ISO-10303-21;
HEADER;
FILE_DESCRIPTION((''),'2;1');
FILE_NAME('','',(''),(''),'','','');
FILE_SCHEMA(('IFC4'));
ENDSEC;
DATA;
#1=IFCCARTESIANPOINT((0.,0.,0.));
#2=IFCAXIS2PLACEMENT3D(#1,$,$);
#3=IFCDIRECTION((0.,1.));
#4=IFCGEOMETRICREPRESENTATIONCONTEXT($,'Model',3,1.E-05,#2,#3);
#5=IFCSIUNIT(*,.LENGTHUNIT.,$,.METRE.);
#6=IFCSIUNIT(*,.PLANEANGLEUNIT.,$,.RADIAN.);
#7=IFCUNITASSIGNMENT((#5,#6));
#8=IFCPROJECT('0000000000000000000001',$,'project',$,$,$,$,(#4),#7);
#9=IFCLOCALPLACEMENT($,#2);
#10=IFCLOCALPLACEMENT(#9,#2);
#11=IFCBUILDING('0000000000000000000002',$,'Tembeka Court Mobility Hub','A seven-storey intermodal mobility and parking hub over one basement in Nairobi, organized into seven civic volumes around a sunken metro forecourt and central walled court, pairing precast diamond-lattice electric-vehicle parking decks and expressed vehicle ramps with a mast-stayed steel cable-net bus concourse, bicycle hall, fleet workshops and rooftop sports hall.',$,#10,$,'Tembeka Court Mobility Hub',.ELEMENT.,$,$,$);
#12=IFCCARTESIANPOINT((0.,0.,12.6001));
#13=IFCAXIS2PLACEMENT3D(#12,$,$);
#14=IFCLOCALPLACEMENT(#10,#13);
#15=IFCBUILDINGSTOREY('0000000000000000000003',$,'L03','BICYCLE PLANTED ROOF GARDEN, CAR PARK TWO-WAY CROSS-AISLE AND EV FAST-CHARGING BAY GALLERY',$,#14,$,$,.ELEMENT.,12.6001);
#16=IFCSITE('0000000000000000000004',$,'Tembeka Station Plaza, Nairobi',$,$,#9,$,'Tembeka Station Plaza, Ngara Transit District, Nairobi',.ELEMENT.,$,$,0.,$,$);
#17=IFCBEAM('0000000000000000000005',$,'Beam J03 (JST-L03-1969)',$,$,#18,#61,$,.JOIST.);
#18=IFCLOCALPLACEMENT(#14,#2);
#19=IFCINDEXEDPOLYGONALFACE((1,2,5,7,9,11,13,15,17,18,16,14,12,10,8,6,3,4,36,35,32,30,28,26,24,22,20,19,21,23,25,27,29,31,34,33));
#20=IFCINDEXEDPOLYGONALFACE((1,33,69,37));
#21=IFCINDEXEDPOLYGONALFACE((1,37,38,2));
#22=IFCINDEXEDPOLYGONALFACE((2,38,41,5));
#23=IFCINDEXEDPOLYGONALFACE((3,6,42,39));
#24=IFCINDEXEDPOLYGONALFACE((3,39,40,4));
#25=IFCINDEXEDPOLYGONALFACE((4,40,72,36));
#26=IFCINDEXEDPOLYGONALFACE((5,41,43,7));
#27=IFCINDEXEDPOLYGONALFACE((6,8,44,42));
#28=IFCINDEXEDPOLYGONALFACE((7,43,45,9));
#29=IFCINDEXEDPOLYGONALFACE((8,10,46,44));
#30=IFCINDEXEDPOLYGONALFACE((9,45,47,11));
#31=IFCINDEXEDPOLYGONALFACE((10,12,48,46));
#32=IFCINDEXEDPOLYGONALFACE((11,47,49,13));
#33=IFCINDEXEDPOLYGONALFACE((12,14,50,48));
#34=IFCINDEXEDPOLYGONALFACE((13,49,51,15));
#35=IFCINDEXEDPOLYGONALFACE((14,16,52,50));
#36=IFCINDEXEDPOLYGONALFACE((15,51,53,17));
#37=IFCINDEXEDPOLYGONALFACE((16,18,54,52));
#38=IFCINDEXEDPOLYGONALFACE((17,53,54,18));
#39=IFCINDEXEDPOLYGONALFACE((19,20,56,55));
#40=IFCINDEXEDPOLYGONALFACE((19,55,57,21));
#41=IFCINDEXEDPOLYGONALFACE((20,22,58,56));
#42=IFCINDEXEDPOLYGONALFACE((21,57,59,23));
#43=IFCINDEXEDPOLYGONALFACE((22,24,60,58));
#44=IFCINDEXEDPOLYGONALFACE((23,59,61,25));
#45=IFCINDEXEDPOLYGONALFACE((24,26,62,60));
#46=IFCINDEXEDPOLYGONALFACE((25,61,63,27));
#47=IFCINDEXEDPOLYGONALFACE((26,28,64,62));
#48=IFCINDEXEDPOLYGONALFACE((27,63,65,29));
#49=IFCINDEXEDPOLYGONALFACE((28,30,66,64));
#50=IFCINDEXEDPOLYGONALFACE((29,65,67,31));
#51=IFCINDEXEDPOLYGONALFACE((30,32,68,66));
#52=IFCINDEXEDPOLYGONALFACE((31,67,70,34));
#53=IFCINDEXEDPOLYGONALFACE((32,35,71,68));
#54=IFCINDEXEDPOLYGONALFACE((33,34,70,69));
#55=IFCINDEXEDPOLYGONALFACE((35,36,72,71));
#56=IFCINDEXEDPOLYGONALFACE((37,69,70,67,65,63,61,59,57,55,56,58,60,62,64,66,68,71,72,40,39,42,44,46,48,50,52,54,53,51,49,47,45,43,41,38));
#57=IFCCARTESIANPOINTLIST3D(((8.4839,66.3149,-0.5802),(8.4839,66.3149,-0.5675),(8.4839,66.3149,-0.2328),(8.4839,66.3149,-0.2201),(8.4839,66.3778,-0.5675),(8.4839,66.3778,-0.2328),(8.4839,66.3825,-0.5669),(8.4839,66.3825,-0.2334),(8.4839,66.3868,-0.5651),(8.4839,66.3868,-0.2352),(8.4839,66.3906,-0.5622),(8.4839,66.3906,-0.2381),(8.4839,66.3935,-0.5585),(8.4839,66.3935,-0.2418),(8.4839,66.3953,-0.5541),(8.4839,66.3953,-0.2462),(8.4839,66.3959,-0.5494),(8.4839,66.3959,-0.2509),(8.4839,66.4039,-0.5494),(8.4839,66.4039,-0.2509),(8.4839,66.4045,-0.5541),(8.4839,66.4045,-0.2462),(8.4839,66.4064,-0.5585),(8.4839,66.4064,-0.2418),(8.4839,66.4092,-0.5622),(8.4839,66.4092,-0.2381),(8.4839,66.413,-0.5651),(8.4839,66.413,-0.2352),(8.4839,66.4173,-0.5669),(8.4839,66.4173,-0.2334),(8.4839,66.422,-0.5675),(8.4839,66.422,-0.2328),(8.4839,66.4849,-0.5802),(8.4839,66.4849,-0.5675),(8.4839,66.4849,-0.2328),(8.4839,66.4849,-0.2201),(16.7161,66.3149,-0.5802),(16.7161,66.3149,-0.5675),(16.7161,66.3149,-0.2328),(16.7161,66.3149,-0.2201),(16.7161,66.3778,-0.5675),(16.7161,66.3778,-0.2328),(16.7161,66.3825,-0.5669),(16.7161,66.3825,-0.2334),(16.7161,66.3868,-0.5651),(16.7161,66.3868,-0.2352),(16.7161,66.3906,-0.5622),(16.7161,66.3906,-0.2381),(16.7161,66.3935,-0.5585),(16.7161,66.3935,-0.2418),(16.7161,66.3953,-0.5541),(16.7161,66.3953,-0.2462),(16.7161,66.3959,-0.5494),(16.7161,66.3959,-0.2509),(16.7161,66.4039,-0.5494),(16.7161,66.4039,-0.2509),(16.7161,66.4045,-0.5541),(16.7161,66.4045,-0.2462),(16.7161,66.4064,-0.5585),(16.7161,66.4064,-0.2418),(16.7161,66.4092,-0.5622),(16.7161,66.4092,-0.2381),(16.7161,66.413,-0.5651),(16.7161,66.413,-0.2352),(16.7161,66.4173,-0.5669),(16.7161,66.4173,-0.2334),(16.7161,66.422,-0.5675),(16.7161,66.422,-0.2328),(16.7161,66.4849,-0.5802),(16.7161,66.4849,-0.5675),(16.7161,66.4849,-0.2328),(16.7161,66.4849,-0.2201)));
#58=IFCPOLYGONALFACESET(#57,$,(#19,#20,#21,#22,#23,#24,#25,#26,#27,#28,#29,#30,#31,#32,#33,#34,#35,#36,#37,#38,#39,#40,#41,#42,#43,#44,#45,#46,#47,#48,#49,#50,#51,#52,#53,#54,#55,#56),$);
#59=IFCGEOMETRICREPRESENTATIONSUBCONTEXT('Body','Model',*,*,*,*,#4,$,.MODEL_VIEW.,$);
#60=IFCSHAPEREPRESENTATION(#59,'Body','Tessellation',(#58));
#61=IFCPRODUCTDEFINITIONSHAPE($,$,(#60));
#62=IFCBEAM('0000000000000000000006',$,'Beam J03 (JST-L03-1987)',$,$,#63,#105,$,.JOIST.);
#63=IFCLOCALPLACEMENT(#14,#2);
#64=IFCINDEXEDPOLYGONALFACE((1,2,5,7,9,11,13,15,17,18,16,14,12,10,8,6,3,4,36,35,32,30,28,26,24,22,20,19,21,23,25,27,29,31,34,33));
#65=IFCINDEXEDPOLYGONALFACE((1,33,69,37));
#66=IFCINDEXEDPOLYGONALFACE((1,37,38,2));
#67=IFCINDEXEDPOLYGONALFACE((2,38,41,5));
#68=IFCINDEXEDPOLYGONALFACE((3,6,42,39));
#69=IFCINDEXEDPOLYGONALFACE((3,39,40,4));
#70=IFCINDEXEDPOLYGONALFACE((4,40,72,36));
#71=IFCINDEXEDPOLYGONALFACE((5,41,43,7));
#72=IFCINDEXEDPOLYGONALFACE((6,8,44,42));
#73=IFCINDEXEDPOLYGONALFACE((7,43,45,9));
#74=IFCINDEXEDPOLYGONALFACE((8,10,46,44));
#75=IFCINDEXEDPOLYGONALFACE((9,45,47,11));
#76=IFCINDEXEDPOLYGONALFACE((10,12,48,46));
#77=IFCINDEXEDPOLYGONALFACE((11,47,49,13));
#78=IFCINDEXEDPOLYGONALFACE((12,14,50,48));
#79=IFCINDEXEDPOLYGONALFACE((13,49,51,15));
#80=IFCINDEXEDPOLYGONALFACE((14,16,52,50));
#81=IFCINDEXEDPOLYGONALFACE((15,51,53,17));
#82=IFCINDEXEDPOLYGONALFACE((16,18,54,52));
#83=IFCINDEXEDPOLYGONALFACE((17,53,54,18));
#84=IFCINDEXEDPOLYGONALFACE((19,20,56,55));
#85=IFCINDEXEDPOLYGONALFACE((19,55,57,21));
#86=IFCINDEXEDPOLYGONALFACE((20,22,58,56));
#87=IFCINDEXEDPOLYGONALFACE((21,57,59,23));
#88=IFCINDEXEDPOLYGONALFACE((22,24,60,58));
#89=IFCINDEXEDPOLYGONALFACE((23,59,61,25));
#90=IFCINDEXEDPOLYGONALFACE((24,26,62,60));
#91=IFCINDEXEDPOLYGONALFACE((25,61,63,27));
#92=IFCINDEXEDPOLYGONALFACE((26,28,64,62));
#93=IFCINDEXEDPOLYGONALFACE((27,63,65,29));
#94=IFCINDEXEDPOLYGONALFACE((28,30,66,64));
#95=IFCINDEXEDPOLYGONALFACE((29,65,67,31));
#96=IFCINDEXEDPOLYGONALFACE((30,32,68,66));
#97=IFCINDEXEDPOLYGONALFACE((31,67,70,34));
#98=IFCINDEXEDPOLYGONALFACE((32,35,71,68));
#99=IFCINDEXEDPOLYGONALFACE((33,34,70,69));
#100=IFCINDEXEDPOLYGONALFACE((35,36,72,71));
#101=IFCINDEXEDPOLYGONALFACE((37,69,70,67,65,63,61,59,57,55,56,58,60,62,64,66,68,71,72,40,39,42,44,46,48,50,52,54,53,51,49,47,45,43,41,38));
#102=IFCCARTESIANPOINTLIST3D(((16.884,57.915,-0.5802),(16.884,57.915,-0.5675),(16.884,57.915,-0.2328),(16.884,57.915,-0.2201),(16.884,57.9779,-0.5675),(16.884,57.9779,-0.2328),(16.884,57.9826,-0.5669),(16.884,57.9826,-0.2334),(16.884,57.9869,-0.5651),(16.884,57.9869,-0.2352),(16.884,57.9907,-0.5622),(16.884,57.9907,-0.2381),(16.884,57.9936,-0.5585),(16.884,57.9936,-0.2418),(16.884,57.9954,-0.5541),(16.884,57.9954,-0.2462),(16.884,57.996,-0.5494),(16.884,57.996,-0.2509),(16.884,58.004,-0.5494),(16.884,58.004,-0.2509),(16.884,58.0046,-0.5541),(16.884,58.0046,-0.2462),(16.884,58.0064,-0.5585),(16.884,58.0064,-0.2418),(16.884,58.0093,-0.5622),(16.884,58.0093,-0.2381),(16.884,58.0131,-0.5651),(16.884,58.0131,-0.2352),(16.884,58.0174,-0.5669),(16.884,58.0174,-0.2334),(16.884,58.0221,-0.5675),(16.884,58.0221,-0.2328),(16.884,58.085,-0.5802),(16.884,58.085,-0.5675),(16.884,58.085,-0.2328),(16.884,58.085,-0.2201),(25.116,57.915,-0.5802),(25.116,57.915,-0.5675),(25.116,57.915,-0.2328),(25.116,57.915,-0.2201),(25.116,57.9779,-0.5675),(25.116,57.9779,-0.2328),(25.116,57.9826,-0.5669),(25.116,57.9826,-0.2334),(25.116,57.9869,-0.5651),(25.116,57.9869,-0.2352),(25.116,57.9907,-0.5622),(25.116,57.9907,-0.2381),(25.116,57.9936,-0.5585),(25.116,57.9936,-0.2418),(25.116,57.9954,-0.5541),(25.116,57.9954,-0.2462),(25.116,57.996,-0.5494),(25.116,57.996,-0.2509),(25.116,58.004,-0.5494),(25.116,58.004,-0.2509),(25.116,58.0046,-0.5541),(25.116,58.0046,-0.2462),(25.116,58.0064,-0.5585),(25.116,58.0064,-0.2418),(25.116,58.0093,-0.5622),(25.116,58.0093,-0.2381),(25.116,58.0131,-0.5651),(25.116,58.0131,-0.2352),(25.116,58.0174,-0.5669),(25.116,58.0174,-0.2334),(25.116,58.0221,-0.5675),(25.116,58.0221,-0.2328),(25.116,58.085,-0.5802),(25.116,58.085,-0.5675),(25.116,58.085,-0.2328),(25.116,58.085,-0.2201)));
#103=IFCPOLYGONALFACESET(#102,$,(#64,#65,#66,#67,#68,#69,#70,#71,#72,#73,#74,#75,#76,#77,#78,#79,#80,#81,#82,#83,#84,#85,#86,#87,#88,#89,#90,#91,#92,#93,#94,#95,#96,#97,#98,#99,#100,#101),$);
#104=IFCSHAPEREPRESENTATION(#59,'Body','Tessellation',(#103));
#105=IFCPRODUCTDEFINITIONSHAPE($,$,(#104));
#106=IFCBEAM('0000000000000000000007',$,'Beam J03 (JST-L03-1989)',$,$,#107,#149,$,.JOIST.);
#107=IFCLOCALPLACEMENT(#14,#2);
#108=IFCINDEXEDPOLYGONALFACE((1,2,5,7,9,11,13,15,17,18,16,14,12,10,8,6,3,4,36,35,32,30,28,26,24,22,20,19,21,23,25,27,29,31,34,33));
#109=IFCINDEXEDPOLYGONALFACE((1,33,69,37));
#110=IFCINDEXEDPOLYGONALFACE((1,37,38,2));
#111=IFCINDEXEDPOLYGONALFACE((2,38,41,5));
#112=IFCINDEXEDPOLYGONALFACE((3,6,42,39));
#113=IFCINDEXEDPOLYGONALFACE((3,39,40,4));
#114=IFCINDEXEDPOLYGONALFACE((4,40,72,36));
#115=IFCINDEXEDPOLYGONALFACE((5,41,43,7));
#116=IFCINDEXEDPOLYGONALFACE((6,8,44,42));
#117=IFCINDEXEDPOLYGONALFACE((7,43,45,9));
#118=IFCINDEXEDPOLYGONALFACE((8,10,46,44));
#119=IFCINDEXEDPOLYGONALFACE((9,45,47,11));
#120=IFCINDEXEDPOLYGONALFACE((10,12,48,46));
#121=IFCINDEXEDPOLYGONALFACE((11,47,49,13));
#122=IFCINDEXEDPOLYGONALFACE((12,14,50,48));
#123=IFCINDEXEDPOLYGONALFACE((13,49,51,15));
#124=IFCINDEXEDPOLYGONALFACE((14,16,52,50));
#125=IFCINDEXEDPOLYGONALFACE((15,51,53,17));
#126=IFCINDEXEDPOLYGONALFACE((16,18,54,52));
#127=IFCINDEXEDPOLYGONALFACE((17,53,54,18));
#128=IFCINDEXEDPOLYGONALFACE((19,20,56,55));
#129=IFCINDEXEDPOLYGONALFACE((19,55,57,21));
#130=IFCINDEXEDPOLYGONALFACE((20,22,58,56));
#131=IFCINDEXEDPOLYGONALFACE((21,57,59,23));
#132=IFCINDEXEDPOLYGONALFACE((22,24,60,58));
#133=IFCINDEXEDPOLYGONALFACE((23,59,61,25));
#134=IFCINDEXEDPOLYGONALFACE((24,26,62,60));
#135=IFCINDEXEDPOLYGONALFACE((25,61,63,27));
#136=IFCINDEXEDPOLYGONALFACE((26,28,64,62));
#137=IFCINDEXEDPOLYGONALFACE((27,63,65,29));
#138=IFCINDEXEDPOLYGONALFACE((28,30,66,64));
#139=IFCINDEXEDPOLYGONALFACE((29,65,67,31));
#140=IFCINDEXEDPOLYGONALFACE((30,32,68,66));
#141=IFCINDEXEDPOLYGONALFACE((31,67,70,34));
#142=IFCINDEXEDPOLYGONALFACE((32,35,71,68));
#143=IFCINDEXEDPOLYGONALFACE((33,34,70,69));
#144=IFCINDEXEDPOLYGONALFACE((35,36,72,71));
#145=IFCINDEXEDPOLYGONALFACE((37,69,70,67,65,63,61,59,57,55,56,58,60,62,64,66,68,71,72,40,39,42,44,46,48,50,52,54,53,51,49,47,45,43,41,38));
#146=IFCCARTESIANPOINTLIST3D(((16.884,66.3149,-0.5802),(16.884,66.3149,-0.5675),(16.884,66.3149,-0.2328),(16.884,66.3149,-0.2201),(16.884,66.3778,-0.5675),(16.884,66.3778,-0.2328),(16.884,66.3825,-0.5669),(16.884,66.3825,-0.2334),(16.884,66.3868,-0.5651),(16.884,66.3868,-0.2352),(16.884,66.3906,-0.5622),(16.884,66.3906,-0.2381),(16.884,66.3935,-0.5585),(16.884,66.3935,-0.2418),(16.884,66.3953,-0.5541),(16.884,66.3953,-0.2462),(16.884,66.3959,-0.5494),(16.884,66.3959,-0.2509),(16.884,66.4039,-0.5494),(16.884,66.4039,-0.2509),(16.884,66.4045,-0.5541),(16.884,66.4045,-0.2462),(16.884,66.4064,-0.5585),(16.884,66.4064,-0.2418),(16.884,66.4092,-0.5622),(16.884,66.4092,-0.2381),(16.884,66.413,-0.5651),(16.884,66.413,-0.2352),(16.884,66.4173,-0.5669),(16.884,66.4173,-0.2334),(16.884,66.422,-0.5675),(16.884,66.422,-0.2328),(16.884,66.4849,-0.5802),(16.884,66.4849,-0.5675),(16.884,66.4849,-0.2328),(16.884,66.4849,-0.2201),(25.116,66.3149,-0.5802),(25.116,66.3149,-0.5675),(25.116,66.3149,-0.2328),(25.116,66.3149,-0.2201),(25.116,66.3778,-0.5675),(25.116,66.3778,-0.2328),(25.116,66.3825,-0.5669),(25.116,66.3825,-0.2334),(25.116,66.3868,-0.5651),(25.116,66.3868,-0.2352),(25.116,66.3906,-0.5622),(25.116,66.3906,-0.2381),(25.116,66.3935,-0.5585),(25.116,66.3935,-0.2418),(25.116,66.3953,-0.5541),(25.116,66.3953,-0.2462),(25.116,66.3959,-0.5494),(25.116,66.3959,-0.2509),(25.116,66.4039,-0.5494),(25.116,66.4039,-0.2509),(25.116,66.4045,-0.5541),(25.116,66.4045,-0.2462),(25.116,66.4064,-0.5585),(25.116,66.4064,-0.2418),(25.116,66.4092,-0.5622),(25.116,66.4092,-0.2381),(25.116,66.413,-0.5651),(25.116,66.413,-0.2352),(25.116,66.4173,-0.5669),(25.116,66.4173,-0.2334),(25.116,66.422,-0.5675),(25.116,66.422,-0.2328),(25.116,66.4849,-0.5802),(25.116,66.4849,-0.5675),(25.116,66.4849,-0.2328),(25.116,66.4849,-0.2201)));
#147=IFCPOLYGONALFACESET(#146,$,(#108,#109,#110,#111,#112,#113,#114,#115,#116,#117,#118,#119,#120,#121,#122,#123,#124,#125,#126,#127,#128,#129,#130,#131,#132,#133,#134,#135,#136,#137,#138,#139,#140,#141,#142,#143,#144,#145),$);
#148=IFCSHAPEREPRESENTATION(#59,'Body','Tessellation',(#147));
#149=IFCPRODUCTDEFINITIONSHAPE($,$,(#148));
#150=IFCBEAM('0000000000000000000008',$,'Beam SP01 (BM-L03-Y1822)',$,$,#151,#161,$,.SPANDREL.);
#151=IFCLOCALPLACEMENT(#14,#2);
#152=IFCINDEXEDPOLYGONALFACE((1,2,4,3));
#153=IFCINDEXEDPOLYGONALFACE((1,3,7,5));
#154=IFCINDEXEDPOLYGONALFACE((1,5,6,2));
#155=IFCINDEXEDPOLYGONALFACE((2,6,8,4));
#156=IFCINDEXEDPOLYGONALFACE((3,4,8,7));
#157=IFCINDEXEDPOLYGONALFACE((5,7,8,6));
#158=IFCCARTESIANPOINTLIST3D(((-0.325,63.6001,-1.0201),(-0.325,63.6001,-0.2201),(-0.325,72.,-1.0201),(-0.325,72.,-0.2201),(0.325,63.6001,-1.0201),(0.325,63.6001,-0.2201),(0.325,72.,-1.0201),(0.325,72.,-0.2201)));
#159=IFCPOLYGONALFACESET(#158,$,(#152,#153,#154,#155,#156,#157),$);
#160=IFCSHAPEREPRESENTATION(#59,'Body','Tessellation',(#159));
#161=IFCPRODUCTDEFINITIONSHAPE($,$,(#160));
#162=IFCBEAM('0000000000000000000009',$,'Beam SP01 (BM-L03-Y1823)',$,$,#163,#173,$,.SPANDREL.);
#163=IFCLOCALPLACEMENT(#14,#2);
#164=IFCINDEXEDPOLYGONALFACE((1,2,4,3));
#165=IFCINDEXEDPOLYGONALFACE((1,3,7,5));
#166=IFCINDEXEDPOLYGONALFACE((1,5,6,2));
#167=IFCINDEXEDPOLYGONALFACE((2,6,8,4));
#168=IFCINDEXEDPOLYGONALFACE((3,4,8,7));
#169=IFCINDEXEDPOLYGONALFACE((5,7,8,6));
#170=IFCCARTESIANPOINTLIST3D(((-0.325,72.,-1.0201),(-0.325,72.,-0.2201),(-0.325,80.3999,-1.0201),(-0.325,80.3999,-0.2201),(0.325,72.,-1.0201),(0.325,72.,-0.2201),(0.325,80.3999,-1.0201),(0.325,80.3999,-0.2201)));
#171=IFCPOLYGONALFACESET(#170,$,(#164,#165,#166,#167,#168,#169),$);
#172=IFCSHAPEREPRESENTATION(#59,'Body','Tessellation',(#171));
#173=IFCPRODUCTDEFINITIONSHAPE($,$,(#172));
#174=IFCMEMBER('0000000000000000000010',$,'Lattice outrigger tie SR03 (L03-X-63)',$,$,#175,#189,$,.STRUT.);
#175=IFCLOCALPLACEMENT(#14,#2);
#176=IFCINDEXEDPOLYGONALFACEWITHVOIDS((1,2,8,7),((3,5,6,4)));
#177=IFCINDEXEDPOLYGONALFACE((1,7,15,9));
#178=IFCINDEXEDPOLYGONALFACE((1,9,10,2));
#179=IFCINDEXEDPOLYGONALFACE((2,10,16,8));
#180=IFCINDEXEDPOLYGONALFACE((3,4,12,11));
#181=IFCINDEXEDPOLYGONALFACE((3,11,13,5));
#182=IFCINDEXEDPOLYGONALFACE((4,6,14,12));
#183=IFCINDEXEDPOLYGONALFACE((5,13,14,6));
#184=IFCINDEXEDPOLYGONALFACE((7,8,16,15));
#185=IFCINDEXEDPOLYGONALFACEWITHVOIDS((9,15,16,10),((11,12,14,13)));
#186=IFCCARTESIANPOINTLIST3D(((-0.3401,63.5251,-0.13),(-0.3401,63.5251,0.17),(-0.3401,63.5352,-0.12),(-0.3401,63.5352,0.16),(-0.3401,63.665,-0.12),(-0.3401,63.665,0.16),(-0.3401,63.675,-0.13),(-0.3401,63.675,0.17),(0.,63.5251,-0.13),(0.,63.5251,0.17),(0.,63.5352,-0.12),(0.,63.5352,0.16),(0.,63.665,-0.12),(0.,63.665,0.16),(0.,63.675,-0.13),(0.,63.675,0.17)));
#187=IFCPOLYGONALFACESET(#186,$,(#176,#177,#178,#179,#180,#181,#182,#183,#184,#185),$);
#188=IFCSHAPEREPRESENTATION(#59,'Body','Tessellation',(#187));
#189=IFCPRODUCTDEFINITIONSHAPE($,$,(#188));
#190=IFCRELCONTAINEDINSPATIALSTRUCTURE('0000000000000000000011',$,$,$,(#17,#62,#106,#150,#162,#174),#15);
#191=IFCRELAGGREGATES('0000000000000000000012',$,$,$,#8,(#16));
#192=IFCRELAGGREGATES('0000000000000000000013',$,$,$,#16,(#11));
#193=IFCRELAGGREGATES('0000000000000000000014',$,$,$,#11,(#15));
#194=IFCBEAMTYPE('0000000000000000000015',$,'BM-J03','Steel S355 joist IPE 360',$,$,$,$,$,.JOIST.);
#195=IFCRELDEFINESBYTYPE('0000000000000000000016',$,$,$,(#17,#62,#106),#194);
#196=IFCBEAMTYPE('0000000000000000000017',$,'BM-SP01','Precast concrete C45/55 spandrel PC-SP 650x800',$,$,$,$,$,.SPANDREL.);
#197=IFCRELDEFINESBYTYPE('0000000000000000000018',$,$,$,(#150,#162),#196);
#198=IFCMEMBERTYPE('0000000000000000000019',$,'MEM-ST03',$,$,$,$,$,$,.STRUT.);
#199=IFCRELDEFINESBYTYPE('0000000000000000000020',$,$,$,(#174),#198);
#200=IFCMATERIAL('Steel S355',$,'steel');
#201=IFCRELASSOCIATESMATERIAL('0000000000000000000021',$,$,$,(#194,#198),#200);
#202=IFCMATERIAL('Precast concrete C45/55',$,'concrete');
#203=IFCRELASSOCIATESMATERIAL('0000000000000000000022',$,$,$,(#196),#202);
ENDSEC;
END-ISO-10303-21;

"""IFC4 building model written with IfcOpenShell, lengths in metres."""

from ifc_helpers import new_model, si_unit, direction, frame, origin, origin_2d, place, context, subcontext, project, spatial, rectangle, hollow_rectangle, i_section, extrude, material, material_profile, profile_set, type_object, element, save


model = new_model("IFC4")

# Units and contexts
model_context = context("Model", 3, precision=1e-05, world=origin(), true_north=direction((0.0, 1.0)))
body_context = subcontext(model_context, "Body", "Model", "MODEL_VIEW")
ifc_project = project(units=[si_unit("LENGTHUNIT", "METRE"), si_unit("PLANEANGLEUNIT", "RADIAN")], contexts=[model_context])

# Site, building, storey
site_placement = place(None, origin())
site = spatial("IfcSite", under=ifc_project, at=site_placement, Name="Tembeka Station Plaza, Nairobi", LongName="Tembeka Station Plaza, Ngara Transit District, Nairobi", CompositionType="ELEMENT", RefElevation=0.0)
building_placement = place(site_placement, origin())
building = spatial("IfcBuilding", under=site, at=building_placement, Name="Tembeka Court Mobility Hub", Description="A seven-storey intermodal mobility and parking hub over one basement in Nairobi, organized into seven civic volumes around a sunken metro forecourt and central walled court, pairing precast diamond-lattice electric-vehicle parking decks and expressed vehicle ramps with a mast-stayed steel cable-net bus concourse, bicycle hall, fleet workshops and rooftop sports hall.", LongName="Tembeka Court Mobility Hub", CompositionType="ELEMENT")
storey_placement = place(building_placement, frame((0.0, 0.0, 12.6001)))
storey = spatial("IfcBuildingStorey", under=building, at=storey_placement, Name="L03", Description="BICYCLE PLANTED ROOF GARDEN, CAR PARK TWO-WAY CROSS-AISLE AND EV FAST-CHARGING BAY GALLERY", CompositionType="ELEMENT", Elevation=12.6001)

# Shared definitions
ifc_material_1 = material(Name="Steel S355", Category="steel")

# Beams
ifc_material_profile_1 = material_profile(ifc_material_1, i_section(OverallWidth=0.1699, OverallDepth=0.3601, WebThickness=0.0081, FlangeThickness=0.0127, FilletRadius=0.0181, at=origin_2d()), Name="IPE 360")
ifc_profile_set_1 = profile_set([ifc_material_profile_1], Name="Steel S355")
beam_type_1 = type_object("IfcBeamType", Name="BM-J03", Description="Steel S355 joist IPE 360", PredefinedType="JOIST", material=ifc_profile_set_1)
for number, where, z_axis, x_axis, name in (
    (1, (8.4839, 66.3999, -0.4001), (1.0, 0.0, 0.0), (0.0, 1.0, 0.0), "Beam J03 (JST-L03-1969)"),
):
    element("IfcBeam", number, at=place(storey_placement, frame(where, z_axis=z_axis, x_axis=x_axis)), inside=storey, type_object=beam_type_1, Name=name, PredefinedType="JOIST", context=body_context, shape_type="SweptSolid", body=[
        extrude(i_section(OverallWidth=0.1699, OverallDepth=0.3601, WebThickness=0.0081, FlangeThickness=0.0127, FilletRadius=0.0181, at=origin_2d()), origin(), (0.0, 0.0, 1.0), 8.2322),
    ])
for number, where, z_axis, x_axis, name in (
    (2, (16.884, 58.0, -0.4001), (1.0, 0.0, 0.0), (0.0, 1.0, 0.0), "Beam J03 (JST-L03-1987)"),
    (3, (16.884, 66.3999, -0.4001), (1.0, 0.0, 0.0), (0.0, 1.0, 0.0), "Beam J03 (JST-L03-1989)"),
):
    element("IfcBeam", number, at=place(storey_placement, frame(where, z_axis=z_axis, x_axis=x_axis)), inside=storey, type_object=beam_type_1, Name=name, PredefinedType="JOIST", context=body_context, shape_type="SweptSolid", body=[
        extrude(i_section(OverallWidth=0.1699, OverallDepth=0.3601, WebThickness=0.0081, FlangeThickness=0.0127, FilletRadius=0.0181, at=origin_2d()), origin(), (0.0, 0.0, 1.0), 8.2319),
    ])
ifc_material_2 = material(Name="Precast concrete C45/55", Category="concrete")
ifc_material_profile_2 = material_profile(ifc_material_2, rectangle(XDim=0.6499, YDim=0.8, at=origin_2d()), Name="PC-SP 650x800")
ifc_profile_set_2 = profile_set([ifc_material_profile_2], Name="Precast concrete C45/55")
beam_type_2 = type_object("IfcBeamType", Name="BM-SP01", Description="Precast concrete C45/55 spandrel PC-SP 650x800", PredefinedType="SPANDREL", material=ifc_profile_set_2)
for number, where, z_axis, x_axis, name in (
    (4, (0.0, 63.6001, -0.6201), (0.0, 1.0, 0.0), (-1.0, 0.0, 0.0), "Beam SP01 (BM-L03-Y1822)"),
    (5, (0.0, 72.0, -0.6201), (0.0, 1.0, 0.0), (-1.0, 0.0, 0.0), "Beam SP01 (BM-L03-Y1823)"),
):
    element("IfcBeam", number, at=place(storey_placement, frame(where, z_axis=z_axis, x_axis=x_axis)), inside=storey, type_object=beam_type_2, Name=name, PredefinedType="SPANDREL", context=body_context, shape_type="SweptSolid", body=[
        extrude(rectangle(XDim=0.6499, YDim=0.8, at=origin_2d()), origin(), (0.0, 0.0, 1.0), 8.3999),
    ])

# Member
ifc_material_profile_3 = material_profile(ifc_material_1, hollow_rectangle(XDim=0.1499, YDim=0.3, WallThickness=0.01, at=origin_2d()), Name="RHS 300x150x10")
ifc_profile_set_3 = profile_set([ifc_material_profile_3], Name="Steel S355")
member_type = type_object("IfcMemberType", Name="MEM-ST03", PredefinedType="STRUT", material=ifc_profile_set_3)
member_placement = place(storey_placement, frame((0.0, 63.6001, 0.02), z_axis=(-1.0, 0.0, 0.0), x_axis=(0.0, -1.0, 0.0)))
element("IfcMember", 6, at=member_placement, inside=storey, type_object=member_type, Name="Lattice outrigger tie SR03 (L03-X-63)", PredefinedType="STRUT", context=body_context, shape_type="SweptSolid", body=[
    extrude(hollow_rectangle(XDim=0.1499, YDim=0.3, WallThickness=0.01, at=origin_2d()), origin(), (0.0, 0.0, 1.0), 0.3401),
])

save(model, "model.ifc")
